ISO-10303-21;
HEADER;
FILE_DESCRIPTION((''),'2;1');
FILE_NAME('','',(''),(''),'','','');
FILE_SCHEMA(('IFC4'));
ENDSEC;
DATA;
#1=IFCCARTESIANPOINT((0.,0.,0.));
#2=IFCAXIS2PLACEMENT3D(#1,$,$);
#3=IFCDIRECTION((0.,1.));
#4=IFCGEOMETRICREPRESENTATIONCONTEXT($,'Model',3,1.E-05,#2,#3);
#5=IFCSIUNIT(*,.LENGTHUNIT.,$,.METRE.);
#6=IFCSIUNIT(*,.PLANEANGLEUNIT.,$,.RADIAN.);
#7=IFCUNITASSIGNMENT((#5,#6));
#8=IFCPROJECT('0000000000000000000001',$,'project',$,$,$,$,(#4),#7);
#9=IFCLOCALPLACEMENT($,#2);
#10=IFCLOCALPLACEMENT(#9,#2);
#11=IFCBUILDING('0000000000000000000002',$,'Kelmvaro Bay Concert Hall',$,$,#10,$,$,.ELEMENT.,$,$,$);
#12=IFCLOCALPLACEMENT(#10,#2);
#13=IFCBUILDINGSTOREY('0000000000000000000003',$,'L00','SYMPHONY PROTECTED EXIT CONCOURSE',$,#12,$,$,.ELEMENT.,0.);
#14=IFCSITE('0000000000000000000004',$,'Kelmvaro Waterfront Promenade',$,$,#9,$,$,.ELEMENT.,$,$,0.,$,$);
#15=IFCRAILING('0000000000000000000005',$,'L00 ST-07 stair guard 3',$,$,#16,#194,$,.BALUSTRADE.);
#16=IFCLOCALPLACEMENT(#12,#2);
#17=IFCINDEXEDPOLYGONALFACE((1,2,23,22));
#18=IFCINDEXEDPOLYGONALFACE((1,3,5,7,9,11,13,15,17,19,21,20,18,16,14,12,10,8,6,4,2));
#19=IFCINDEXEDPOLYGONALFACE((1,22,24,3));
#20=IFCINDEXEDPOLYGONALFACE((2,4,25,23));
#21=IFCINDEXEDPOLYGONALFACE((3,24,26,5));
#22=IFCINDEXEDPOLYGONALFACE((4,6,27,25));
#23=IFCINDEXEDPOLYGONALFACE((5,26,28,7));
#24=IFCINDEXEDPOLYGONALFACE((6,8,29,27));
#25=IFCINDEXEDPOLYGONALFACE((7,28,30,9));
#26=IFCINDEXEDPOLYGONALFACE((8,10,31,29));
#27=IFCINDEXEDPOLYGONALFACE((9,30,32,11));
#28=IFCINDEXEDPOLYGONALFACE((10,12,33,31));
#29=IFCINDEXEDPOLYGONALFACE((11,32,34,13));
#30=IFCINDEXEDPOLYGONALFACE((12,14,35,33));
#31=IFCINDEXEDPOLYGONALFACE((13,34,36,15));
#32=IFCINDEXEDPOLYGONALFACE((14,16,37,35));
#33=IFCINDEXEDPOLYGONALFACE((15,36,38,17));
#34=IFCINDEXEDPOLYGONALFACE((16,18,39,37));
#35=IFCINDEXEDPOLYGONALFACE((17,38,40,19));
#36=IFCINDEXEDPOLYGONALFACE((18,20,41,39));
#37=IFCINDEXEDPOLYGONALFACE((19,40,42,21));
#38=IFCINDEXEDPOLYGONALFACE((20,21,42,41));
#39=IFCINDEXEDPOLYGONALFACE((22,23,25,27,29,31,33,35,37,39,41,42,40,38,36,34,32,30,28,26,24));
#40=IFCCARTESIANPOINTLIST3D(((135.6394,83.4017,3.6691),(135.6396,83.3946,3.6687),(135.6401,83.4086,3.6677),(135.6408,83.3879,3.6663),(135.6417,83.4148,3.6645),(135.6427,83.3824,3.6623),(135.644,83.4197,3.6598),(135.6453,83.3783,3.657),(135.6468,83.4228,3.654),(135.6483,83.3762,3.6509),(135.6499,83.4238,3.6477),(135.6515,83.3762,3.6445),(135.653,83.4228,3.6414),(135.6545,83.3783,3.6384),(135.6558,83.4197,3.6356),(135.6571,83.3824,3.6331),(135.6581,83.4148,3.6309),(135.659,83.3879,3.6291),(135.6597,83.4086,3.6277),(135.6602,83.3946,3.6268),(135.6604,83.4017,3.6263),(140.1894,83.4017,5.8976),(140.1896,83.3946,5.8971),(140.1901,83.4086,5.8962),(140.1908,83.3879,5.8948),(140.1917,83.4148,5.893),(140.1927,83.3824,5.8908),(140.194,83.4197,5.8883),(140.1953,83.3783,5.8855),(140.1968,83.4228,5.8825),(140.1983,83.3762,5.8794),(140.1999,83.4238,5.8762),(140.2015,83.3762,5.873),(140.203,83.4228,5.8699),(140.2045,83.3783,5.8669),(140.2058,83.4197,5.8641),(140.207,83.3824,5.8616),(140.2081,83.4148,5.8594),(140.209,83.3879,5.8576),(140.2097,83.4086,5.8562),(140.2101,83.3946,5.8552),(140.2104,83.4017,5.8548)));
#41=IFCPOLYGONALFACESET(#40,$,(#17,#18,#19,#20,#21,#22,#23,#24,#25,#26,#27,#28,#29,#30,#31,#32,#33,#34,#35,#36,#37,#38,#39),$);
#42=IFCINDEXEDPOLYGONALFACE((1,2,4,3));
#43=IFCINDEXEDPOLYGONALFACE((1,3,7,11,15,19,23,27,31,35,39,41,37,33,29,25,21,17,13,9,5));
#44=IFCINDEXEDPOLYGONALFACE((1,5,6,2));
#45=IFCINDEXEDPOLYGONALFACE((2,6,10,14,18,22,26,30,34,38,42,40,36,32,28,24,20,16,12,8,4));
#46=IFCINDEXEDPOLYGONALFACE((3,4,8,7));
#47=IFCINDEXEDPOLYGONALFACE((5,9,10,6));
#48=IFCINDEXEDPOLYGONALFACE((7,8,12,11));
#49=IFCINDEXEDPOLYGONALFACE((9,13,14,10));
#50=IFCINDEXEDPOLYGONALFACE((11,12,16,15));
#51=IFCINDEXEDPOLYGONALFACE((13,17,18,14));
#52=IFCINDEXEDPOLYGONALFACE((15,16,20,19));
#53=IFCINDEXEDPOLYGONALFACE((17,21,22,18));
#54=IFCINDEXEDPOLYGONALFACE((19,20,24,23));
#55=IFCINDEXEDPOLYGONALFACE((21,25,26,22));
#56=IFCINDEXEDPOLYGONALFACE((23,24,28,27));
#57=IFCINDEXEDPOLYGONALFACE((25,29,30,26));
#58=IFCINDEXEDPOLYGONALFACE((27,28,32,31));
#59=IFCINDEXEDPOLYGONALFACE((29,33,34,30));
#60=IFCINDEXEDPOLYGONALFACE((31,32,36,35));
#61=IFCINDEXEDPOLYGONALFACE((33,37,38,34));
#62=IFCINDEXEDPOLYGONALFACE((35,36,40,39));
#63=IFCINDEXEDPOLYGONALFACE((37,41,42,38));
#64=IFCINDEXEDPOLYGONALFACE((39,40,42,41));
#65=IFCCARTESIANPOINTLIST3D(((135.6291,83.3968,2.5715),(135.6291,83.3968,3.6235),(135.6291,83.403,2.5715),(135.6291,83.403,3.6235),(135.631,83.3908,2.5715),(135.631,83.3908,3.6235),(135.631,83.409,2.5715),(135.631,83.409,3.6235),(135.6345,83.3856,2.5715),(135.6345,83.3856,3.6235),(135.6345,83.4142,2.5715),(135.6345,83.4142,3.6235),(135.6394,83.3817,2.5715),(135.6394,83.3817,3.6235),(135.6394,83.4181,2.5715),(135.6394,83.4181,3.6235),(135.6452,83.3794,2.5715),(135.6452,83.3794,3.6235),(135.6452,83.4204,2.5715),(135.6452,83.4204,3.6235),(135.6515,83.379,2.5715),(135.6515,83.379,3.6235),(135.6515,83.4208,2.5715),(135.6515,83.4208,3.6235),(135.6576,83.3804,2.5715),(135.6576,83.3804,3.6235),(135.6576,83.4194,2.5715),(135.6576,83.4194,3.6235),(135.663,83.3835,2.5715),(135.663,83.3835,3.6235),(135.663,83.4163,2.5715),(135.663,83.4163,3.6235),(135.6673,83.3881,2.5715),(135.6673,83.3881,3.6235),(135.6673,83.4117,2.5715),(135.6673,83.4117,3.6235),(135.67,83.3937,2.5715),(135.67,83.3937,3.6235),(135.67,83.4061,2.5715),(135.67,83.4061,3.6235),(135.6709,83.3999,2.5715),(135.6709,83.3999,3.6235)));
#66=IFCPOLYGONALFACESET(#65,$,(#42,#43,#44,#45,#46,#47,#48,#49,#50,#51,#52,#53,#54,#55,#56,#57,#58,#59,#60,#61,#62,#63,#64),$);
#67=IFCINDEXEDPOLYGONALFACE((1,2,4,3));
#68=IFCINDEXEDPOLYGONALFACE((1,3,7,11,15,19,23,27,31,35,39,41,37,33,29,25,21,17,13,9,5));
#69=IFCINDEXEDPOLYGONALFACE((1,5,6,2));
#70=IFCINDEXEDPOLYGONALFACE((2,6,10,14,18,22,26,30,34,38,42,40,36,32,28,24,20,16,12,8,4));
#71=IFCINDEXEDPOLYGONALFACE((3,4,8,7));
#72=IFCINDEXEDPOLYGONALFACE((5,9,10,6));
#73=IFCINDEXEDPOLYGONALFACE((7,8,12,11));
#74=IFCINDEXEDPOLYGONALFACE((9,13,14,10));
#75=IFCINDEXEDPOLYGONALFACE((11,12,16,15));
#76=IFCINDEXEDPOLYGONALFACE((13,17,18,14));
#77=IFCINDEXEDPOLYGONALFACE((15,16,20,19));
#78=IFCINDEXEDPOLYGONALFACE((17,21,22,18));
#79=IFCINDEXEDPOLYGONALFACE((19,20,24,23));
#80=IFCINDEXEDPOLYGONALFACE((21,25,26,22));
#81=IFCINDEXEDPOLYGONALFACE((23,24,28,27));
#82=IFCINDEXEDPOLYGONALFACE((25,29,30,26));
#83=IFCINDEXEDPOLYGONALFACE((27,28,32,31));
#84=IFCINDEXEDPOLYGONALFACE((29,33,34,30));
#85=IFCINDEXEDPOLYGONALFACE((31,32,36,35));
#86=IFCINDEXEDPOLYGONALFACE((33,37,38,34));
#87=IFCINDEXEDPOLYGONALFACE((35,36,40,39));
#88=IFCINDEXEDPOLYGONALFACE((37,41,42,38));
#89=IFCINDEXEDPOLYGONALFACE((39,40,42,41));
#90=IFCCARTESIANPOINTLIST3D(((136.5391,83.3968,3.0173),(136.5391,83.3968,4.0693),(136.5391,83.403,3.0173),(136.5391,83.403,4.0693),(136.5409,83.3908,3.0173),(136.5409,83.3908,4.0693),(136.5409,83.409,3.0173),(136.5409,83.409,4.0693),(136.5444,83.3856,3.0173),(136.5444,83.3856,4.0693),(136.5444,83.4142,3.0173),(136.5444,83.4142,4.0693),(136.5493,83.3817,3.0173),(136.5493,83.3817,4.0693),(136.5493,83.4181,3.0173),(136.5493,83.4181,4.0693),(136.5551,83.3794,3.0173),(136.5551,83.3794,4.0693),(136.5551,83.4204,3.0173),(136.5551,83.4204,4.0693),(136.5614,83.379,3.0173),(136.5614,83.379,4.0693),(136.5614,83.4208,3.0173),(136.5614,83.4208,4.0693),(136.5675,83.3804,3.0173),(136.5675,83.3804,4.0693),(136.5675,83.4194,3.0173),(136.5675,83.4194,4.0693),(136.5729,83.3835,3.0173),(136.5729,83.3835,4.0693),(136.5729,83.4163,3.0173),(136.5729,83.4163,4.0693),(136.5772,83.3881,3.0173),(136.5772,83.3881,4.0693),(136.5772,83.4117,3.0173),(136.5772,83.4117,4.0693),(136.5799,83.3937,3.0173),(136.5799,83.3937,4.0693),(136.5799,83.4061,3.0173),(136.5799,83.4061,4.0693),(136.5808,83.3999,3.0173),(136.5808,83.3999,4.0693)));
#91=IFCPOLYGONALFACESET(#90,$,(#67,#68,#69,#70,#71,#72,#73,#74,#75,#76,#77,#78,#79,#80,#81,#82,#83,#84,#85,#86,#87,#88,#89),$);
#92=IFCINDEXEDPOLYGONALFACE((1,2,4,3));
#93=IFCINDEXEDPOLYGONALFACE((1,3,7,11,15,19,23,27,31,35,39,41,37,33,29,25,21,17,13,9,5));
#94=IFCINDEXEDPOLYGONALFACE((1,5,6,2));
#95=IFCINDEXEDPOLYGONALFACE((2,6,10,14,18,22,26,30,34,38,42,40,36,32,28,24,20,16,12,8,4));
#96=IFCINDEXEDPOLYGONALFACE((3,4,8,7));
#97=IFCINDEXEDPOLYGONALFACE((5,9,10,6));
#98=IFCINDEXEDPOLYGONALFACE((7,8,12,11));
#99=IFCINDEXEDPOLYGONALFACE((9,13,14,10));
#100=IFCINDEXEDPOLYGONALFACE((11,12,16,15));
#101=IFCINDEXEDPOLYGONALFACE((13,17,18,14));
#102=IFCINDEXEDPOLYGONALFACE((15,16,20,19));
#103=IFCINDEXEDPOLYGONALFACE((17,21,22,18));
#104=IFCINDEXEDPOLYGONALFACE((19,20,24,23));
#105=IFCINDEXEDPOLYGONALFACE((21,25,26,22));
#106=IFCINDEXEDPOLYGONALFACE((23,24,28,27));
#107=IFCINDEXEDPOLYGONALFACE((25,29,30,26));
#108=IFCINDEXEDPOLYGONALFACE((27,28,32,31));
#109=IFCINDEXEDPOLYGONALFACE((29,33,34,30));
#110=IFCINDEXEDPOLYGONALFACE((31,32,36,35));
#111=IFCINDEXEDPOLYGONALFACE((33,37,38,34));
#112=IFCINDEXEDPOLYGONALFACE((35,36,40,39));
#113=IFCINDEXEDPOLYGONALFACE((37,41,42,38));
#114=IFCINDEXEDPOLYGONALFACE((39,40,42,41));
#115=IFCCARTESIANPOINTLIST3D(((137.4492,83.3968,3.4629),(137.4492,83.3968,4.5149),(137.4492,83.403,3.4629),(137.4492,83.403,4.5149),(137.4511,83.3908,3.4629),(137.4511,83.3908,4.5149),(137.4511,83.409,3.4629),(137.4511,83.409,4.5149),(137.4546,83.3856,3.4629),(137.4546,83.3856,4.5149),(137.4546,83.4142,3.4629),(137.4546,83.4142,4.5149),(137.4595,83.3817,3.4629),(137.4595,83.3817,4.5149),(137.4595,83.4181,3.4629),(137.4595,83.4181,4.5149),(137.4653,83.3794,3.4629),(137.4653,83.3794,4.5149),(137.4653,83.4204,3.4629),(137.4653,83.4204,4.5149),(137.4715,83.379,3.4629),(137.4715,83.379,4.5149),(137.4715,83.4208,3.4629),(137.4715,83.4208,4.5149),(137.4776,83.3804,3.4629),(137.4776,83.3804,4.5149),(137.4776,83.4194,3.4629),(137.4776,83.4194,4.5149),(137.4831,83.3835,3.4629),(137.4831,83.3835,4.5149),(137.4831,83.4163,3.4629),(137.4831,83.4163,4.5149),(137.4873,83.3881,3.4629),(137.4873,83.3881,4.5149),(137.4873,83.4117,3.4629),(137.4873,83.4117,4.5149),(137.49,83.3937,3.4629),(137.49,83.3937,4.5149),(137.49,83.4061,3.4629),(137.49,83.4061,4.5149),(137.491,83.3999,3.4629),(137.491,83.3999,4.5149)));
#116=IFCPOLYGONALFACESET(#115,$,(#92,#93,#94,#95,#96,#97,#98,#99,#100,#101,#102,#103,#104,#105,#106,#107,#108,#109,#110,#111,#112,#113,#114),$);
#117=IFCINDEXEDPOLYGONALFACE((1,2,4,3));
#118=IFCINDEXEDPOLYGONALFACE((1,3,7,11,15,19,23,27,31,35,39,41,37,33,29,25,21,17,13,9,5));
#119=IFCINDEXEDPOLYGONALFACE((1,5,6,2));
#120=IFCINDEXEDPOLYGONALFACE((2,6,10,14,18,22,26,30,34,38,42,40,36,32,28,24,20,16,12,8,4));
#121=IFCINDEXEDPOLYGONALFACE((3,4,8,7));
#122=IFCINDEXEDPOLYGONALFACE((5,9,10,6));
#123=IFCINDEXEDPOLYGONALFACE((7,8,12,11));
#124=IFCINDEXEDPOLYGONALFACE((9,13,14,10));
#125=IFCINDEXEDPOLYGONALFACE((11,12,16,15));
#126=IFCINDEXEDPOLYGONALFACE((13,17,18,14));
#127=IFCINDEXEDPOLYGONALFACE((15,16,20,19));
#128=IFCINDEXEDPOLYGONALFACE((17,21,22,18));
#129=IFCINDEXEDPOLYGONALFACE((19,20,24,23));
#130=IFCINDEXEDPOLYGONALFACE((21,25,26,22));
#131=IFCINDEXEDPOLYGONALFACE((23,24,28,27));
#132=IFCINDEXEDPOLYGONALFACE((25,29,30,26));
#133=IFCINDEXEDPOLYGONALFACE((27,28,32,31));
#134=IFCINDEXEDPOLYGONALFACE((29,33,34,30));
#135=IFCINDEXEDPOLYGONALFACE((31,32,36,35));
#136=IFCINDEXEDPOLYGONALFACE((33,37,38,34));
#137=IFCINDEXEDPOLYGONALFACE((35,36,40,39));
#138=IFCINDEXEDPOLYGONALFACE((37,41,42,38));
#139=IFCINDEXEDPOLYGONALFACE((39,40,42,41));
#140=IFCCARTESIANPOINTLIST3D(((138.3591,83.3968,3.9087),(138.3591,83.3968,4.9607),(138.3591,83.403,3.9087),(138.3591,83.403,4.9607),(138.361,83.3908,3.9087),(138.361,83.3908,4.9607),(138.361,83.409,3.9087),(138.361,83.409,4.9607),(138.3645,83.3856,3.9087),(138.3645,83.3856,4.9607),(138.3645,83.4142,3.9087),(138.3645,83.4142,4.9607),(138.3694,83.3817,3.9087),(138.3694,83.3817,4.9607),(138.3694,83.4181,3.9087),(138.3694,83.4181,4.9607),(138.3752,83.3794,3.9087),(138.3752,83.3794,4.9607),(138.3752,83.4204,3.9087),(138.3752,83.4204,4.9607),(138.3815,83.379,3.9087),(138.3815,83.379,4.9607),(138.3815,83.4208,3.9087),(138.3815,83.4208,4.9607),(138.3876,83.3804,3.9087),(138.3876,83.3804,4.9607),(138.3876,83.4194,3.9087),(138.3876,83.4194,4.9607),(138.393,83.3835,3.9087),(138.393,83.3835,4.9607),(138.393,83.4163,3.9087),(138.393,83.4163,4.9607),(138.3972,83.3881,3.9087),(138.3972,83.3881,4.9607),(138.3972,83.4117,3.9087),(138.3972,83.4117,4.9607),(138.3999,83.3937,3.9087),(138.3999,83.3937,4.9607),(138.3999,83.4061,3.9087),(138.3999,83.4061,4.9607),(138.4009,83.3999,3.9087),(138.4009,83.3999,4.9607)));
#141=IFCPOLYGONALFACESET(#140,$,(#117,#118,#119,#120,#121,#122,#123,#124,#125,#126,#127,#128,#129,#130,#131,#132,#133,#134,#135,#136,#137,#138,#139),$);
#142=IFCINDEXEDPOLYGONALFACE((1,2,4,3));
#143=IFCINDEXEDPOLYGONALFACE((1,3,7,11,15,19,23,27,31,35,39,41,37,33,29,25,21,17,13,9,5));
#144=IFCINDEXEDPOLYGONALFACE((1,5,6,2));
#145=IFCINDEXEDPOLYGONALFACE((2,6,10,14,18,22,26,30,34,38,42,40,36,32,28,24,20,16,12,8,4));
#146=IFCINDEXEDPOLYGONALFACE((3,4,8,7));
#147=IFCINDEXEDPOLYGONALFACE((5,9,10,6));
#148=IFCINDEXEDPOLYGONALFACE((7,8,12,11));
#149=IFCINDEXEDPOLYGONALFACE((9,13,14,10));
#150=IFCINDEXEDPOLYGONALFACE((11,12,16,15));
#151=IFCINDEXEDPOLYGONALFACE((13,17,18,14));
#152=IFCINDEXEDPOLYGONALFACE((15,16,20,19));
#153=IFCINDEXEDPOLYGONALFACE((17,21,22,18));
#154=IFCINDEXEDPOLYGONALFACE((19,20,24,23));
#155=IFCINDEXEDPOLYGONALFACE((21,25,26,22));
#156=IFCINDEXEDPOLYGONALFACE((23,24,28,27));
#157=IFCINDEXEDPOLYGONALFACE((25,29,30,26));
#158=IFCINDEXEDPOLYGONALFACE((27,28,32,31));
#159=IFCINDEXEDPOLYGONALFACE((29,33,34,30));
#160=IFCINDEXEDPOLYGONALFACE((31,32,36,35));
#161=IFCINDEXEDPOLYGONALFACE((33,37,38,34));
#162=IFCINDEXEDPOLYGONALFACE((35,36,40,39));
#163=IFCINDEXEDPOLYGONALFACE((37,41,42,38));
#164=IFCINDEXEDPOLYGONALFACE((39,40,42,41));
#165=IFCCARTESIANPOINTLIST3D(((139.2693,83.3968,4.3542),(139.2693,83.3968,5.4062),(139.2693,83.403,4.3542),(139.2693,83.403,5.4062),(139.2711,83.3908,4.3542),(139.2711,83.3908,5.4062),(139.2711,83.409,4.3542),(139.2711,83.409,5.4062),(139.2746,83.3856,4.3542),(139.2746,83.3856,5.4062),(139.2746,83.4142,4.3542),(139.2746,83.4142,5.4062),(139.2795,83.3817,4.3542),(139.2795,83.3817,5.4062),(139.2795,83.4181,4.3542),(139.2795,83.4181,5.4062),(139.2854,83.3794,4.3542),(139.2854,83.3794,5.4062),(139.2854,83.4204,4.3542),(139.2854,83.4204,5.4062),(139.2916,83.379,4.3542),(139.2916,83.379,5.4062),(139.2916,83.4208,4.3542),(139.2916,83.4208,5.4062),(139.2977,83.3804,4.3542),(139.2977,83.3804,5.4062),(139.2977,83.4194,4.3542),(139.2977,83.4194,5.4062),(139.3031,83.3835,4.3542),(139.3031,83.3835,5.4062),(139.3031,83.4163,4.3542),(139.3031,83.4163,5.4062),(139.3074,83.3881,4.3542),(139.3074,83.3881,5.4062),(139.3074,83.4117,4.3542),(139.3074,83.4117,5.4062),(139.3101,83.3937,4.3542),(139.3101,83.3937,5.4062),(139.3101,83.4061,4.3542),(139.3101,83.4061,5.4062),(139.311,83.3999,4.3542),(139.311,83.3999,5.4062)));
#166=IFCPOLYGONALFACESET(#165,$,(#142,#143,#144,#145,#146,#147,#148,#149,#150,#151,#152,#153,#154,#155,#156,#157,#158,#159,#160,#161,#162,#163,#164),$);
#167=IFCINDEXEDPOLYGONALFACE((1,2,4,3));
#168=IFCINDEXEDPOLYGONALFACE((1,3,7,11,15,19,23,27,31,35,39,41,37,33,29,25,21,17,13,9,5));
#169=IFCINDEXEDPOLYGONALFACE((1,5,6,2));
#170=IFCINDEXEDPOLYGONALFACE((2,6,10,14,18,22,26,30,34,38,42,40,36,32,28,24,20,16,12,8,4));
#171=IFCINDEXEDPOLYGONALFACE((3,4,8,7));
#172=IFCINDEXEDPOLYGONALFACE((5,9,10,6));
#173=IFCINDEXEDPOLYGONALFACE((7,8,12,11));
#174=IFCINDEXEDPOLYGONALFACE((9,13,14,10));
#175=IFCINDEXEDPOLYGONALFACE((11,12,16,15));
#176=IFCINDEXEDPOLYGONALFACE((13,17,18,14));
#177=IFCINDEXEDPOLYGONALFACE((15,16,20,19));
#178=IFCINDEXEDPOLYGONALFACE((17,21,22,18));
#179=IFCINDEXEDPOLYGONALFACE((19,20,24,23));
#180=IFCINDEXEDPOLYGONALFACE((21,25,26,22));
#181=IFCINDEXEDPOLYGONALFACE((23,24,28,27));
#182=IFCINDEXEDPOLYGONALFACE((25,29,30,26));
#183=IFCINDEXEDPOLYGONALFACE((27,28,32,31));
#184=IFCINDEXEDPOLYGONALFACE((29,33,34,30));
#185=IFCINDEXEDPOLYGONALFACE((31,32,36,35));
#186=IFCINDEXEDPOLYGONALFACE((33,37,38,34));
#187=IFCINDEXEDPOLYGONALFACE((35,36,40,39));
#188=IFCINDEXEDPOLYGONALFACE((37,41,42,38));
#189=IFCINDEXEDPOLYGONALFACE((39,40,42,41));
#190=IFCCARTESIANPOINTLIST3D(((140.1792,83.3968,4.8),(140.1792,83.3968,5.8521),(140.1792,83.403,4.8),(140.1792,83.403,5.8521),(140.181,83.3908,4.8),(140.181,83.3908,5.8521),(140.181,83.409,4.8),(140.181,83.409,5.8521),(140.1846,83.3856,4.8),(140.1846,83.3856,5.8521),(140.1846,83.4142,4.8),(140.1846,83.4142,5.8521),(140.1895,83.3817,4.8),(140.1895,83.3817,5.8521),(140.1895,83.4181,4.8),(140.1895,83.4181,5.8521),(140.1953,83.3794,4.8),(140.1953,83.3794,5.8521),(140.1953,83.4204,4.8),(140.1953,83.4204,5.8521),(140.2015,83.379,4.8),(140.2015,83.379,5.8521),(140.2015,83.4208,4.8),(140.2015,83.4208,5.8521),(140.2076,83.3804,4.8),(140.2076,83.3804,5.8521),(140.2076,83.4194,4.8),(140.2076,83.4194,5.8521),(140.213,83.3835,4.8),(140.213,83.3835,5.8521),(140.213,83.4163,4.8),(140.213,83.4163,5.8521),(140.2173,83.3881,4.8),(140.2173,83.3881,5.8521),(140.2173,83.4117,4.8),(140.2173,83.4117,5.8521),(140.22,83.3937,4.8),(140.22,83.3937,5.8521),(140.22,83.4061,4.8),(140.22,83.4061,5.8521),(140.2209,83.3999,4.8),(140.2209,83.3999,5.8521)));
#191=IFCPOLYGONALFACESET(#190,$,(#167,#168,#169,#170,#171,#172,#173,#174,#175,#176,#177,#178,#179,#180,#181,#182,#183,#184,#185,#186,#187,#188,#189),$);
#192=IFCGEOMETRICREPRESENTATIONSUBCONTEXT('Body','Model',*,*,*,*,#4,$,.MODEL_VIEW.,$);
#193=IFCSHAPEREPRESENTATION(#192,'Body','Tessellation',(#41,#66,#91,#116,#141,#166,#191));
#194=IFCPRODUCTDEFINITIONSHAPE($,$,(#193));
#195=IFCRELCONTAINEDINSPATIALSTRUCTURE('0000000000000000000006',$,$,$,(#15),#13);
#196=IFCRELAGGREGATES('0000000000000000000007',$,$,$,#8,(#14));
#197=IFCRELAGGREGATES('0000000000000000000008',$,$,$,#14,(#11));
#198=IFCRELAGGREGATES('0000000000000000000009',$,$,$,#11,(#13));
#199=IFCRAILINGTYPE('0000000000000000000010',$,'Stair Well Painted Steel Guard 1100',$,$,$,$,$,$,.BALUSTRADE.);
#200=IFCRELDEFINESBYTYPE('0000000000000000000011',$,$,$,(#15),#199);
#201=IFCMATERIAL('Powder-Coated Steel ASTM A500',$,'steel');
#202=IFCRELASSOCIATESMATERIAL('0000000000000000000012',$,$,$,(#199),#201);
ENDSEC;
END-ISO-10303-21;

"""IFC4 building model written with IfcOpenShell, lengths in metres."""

from ifc_helpers import new_model, si_unit, direction, frame, origin, origin_2d, place, context, subcontext, project, spatial, circle, extrude, material, type_object, element, save


model = new_model("IFC4")

# Units and contexts
model_context = context("Model", 3, precision=1e-05, world=origin(), true_north=direction((0.0, 1.0)))
body_context = subcontext(model_context, "Body", "Model", "MODEL_VIEW")
ifc_project = project(units=[si_unit("LENGTHUNIT", "METRE"), si_unit("PLANEANGLEUNIT", "RADIAN")], contexts=[model_context])

# Site, building, storey
site_placement = place(None, origin())
site = spatial("IfcSite", under=ifc_project, at=site_placement, Name="Kelmvaro Waterfront Promenade", CompositionType="ELEMENT", RefElevation=0.0)
building_placement = place(site_placement, origin())
building = spatial("IfcBuilding", under=site, at=building_placement, Name="Kelmvaro Bay Concert Hall", CompositionType="ELEMENT")
storey_placement = place(building_placement, origin())
storey = spatial("IfcBuildingStorey", under=building, at=storey_placement, Name="L00", Description="SYMPHONY PROTECTED EXIT CONCOURSE", CompositionType="ELEMENT", Elevation=0.0)

# Railing
ifc_material_1 = material(Name="Powder-Coated Steel ASTM A500", Category="steel")
railing_type_1 = type_object("IfcRailingType", Name="Stair Well Painted Steel Guard 1100", PredefinedType="BALUSTRADE", material=ifc_material_1)
railing_1_placement = place(storey_placement, frame((135.6499, 83.3999, 2.5715)))
element("IfcRailing", 1, at=railing_1_placement, inside=storey, type_object=railing_type_1, Name="L00 ST-07 stair guard 3", PredefinedType="BALUSTRADE", context=body_context, shape_type="SweptSolid", body=[
    extrude(circle(Radius=0.0239, at=origin_2d()), frame((0.0, 0.0, 1.0762), z_axis=(0.898069, 0.0, 0.439855), x_axis=(0.0, 1.0, 0.0)), (0.0, 0.0, 1.0), 5.0664),
    extrude(circle(Radius=0.021, at=origin_2d()), origin(), (0.0, 0.0, 1.0), 1.052),
    extrude(circle(Radius=0.021, at=origin_2d()), frame((0.9099, 0.0, 0.4458)), (0.0, 0.0, 1.0), 1.052),
    extrude(circle(Radius=0.021, at=origin_2d()), frame((1.8201, 0.0, 0.8914)), (0.0, 0.0, 1.0), 1.052),
    extrude(circle(Radius=0.021, at=origin_2d()), frame((2.73, 0.0, 1.3372)), (0.0, 0.0, 1.0), 1.052),
    extrude(circle(Radius=0.021, at=origin_2d()), frame((3.6401, 0.0, 1.7827)), (0.0, 0.0, 1.0), 1.052),
    extrude(circle(Radius=0.021, at=origin_2d()), frame((4.55, 0.0, 2.2285)), (0.0, 0.0, 1.0), 1.052),
])

save(model, "model.ifc")
